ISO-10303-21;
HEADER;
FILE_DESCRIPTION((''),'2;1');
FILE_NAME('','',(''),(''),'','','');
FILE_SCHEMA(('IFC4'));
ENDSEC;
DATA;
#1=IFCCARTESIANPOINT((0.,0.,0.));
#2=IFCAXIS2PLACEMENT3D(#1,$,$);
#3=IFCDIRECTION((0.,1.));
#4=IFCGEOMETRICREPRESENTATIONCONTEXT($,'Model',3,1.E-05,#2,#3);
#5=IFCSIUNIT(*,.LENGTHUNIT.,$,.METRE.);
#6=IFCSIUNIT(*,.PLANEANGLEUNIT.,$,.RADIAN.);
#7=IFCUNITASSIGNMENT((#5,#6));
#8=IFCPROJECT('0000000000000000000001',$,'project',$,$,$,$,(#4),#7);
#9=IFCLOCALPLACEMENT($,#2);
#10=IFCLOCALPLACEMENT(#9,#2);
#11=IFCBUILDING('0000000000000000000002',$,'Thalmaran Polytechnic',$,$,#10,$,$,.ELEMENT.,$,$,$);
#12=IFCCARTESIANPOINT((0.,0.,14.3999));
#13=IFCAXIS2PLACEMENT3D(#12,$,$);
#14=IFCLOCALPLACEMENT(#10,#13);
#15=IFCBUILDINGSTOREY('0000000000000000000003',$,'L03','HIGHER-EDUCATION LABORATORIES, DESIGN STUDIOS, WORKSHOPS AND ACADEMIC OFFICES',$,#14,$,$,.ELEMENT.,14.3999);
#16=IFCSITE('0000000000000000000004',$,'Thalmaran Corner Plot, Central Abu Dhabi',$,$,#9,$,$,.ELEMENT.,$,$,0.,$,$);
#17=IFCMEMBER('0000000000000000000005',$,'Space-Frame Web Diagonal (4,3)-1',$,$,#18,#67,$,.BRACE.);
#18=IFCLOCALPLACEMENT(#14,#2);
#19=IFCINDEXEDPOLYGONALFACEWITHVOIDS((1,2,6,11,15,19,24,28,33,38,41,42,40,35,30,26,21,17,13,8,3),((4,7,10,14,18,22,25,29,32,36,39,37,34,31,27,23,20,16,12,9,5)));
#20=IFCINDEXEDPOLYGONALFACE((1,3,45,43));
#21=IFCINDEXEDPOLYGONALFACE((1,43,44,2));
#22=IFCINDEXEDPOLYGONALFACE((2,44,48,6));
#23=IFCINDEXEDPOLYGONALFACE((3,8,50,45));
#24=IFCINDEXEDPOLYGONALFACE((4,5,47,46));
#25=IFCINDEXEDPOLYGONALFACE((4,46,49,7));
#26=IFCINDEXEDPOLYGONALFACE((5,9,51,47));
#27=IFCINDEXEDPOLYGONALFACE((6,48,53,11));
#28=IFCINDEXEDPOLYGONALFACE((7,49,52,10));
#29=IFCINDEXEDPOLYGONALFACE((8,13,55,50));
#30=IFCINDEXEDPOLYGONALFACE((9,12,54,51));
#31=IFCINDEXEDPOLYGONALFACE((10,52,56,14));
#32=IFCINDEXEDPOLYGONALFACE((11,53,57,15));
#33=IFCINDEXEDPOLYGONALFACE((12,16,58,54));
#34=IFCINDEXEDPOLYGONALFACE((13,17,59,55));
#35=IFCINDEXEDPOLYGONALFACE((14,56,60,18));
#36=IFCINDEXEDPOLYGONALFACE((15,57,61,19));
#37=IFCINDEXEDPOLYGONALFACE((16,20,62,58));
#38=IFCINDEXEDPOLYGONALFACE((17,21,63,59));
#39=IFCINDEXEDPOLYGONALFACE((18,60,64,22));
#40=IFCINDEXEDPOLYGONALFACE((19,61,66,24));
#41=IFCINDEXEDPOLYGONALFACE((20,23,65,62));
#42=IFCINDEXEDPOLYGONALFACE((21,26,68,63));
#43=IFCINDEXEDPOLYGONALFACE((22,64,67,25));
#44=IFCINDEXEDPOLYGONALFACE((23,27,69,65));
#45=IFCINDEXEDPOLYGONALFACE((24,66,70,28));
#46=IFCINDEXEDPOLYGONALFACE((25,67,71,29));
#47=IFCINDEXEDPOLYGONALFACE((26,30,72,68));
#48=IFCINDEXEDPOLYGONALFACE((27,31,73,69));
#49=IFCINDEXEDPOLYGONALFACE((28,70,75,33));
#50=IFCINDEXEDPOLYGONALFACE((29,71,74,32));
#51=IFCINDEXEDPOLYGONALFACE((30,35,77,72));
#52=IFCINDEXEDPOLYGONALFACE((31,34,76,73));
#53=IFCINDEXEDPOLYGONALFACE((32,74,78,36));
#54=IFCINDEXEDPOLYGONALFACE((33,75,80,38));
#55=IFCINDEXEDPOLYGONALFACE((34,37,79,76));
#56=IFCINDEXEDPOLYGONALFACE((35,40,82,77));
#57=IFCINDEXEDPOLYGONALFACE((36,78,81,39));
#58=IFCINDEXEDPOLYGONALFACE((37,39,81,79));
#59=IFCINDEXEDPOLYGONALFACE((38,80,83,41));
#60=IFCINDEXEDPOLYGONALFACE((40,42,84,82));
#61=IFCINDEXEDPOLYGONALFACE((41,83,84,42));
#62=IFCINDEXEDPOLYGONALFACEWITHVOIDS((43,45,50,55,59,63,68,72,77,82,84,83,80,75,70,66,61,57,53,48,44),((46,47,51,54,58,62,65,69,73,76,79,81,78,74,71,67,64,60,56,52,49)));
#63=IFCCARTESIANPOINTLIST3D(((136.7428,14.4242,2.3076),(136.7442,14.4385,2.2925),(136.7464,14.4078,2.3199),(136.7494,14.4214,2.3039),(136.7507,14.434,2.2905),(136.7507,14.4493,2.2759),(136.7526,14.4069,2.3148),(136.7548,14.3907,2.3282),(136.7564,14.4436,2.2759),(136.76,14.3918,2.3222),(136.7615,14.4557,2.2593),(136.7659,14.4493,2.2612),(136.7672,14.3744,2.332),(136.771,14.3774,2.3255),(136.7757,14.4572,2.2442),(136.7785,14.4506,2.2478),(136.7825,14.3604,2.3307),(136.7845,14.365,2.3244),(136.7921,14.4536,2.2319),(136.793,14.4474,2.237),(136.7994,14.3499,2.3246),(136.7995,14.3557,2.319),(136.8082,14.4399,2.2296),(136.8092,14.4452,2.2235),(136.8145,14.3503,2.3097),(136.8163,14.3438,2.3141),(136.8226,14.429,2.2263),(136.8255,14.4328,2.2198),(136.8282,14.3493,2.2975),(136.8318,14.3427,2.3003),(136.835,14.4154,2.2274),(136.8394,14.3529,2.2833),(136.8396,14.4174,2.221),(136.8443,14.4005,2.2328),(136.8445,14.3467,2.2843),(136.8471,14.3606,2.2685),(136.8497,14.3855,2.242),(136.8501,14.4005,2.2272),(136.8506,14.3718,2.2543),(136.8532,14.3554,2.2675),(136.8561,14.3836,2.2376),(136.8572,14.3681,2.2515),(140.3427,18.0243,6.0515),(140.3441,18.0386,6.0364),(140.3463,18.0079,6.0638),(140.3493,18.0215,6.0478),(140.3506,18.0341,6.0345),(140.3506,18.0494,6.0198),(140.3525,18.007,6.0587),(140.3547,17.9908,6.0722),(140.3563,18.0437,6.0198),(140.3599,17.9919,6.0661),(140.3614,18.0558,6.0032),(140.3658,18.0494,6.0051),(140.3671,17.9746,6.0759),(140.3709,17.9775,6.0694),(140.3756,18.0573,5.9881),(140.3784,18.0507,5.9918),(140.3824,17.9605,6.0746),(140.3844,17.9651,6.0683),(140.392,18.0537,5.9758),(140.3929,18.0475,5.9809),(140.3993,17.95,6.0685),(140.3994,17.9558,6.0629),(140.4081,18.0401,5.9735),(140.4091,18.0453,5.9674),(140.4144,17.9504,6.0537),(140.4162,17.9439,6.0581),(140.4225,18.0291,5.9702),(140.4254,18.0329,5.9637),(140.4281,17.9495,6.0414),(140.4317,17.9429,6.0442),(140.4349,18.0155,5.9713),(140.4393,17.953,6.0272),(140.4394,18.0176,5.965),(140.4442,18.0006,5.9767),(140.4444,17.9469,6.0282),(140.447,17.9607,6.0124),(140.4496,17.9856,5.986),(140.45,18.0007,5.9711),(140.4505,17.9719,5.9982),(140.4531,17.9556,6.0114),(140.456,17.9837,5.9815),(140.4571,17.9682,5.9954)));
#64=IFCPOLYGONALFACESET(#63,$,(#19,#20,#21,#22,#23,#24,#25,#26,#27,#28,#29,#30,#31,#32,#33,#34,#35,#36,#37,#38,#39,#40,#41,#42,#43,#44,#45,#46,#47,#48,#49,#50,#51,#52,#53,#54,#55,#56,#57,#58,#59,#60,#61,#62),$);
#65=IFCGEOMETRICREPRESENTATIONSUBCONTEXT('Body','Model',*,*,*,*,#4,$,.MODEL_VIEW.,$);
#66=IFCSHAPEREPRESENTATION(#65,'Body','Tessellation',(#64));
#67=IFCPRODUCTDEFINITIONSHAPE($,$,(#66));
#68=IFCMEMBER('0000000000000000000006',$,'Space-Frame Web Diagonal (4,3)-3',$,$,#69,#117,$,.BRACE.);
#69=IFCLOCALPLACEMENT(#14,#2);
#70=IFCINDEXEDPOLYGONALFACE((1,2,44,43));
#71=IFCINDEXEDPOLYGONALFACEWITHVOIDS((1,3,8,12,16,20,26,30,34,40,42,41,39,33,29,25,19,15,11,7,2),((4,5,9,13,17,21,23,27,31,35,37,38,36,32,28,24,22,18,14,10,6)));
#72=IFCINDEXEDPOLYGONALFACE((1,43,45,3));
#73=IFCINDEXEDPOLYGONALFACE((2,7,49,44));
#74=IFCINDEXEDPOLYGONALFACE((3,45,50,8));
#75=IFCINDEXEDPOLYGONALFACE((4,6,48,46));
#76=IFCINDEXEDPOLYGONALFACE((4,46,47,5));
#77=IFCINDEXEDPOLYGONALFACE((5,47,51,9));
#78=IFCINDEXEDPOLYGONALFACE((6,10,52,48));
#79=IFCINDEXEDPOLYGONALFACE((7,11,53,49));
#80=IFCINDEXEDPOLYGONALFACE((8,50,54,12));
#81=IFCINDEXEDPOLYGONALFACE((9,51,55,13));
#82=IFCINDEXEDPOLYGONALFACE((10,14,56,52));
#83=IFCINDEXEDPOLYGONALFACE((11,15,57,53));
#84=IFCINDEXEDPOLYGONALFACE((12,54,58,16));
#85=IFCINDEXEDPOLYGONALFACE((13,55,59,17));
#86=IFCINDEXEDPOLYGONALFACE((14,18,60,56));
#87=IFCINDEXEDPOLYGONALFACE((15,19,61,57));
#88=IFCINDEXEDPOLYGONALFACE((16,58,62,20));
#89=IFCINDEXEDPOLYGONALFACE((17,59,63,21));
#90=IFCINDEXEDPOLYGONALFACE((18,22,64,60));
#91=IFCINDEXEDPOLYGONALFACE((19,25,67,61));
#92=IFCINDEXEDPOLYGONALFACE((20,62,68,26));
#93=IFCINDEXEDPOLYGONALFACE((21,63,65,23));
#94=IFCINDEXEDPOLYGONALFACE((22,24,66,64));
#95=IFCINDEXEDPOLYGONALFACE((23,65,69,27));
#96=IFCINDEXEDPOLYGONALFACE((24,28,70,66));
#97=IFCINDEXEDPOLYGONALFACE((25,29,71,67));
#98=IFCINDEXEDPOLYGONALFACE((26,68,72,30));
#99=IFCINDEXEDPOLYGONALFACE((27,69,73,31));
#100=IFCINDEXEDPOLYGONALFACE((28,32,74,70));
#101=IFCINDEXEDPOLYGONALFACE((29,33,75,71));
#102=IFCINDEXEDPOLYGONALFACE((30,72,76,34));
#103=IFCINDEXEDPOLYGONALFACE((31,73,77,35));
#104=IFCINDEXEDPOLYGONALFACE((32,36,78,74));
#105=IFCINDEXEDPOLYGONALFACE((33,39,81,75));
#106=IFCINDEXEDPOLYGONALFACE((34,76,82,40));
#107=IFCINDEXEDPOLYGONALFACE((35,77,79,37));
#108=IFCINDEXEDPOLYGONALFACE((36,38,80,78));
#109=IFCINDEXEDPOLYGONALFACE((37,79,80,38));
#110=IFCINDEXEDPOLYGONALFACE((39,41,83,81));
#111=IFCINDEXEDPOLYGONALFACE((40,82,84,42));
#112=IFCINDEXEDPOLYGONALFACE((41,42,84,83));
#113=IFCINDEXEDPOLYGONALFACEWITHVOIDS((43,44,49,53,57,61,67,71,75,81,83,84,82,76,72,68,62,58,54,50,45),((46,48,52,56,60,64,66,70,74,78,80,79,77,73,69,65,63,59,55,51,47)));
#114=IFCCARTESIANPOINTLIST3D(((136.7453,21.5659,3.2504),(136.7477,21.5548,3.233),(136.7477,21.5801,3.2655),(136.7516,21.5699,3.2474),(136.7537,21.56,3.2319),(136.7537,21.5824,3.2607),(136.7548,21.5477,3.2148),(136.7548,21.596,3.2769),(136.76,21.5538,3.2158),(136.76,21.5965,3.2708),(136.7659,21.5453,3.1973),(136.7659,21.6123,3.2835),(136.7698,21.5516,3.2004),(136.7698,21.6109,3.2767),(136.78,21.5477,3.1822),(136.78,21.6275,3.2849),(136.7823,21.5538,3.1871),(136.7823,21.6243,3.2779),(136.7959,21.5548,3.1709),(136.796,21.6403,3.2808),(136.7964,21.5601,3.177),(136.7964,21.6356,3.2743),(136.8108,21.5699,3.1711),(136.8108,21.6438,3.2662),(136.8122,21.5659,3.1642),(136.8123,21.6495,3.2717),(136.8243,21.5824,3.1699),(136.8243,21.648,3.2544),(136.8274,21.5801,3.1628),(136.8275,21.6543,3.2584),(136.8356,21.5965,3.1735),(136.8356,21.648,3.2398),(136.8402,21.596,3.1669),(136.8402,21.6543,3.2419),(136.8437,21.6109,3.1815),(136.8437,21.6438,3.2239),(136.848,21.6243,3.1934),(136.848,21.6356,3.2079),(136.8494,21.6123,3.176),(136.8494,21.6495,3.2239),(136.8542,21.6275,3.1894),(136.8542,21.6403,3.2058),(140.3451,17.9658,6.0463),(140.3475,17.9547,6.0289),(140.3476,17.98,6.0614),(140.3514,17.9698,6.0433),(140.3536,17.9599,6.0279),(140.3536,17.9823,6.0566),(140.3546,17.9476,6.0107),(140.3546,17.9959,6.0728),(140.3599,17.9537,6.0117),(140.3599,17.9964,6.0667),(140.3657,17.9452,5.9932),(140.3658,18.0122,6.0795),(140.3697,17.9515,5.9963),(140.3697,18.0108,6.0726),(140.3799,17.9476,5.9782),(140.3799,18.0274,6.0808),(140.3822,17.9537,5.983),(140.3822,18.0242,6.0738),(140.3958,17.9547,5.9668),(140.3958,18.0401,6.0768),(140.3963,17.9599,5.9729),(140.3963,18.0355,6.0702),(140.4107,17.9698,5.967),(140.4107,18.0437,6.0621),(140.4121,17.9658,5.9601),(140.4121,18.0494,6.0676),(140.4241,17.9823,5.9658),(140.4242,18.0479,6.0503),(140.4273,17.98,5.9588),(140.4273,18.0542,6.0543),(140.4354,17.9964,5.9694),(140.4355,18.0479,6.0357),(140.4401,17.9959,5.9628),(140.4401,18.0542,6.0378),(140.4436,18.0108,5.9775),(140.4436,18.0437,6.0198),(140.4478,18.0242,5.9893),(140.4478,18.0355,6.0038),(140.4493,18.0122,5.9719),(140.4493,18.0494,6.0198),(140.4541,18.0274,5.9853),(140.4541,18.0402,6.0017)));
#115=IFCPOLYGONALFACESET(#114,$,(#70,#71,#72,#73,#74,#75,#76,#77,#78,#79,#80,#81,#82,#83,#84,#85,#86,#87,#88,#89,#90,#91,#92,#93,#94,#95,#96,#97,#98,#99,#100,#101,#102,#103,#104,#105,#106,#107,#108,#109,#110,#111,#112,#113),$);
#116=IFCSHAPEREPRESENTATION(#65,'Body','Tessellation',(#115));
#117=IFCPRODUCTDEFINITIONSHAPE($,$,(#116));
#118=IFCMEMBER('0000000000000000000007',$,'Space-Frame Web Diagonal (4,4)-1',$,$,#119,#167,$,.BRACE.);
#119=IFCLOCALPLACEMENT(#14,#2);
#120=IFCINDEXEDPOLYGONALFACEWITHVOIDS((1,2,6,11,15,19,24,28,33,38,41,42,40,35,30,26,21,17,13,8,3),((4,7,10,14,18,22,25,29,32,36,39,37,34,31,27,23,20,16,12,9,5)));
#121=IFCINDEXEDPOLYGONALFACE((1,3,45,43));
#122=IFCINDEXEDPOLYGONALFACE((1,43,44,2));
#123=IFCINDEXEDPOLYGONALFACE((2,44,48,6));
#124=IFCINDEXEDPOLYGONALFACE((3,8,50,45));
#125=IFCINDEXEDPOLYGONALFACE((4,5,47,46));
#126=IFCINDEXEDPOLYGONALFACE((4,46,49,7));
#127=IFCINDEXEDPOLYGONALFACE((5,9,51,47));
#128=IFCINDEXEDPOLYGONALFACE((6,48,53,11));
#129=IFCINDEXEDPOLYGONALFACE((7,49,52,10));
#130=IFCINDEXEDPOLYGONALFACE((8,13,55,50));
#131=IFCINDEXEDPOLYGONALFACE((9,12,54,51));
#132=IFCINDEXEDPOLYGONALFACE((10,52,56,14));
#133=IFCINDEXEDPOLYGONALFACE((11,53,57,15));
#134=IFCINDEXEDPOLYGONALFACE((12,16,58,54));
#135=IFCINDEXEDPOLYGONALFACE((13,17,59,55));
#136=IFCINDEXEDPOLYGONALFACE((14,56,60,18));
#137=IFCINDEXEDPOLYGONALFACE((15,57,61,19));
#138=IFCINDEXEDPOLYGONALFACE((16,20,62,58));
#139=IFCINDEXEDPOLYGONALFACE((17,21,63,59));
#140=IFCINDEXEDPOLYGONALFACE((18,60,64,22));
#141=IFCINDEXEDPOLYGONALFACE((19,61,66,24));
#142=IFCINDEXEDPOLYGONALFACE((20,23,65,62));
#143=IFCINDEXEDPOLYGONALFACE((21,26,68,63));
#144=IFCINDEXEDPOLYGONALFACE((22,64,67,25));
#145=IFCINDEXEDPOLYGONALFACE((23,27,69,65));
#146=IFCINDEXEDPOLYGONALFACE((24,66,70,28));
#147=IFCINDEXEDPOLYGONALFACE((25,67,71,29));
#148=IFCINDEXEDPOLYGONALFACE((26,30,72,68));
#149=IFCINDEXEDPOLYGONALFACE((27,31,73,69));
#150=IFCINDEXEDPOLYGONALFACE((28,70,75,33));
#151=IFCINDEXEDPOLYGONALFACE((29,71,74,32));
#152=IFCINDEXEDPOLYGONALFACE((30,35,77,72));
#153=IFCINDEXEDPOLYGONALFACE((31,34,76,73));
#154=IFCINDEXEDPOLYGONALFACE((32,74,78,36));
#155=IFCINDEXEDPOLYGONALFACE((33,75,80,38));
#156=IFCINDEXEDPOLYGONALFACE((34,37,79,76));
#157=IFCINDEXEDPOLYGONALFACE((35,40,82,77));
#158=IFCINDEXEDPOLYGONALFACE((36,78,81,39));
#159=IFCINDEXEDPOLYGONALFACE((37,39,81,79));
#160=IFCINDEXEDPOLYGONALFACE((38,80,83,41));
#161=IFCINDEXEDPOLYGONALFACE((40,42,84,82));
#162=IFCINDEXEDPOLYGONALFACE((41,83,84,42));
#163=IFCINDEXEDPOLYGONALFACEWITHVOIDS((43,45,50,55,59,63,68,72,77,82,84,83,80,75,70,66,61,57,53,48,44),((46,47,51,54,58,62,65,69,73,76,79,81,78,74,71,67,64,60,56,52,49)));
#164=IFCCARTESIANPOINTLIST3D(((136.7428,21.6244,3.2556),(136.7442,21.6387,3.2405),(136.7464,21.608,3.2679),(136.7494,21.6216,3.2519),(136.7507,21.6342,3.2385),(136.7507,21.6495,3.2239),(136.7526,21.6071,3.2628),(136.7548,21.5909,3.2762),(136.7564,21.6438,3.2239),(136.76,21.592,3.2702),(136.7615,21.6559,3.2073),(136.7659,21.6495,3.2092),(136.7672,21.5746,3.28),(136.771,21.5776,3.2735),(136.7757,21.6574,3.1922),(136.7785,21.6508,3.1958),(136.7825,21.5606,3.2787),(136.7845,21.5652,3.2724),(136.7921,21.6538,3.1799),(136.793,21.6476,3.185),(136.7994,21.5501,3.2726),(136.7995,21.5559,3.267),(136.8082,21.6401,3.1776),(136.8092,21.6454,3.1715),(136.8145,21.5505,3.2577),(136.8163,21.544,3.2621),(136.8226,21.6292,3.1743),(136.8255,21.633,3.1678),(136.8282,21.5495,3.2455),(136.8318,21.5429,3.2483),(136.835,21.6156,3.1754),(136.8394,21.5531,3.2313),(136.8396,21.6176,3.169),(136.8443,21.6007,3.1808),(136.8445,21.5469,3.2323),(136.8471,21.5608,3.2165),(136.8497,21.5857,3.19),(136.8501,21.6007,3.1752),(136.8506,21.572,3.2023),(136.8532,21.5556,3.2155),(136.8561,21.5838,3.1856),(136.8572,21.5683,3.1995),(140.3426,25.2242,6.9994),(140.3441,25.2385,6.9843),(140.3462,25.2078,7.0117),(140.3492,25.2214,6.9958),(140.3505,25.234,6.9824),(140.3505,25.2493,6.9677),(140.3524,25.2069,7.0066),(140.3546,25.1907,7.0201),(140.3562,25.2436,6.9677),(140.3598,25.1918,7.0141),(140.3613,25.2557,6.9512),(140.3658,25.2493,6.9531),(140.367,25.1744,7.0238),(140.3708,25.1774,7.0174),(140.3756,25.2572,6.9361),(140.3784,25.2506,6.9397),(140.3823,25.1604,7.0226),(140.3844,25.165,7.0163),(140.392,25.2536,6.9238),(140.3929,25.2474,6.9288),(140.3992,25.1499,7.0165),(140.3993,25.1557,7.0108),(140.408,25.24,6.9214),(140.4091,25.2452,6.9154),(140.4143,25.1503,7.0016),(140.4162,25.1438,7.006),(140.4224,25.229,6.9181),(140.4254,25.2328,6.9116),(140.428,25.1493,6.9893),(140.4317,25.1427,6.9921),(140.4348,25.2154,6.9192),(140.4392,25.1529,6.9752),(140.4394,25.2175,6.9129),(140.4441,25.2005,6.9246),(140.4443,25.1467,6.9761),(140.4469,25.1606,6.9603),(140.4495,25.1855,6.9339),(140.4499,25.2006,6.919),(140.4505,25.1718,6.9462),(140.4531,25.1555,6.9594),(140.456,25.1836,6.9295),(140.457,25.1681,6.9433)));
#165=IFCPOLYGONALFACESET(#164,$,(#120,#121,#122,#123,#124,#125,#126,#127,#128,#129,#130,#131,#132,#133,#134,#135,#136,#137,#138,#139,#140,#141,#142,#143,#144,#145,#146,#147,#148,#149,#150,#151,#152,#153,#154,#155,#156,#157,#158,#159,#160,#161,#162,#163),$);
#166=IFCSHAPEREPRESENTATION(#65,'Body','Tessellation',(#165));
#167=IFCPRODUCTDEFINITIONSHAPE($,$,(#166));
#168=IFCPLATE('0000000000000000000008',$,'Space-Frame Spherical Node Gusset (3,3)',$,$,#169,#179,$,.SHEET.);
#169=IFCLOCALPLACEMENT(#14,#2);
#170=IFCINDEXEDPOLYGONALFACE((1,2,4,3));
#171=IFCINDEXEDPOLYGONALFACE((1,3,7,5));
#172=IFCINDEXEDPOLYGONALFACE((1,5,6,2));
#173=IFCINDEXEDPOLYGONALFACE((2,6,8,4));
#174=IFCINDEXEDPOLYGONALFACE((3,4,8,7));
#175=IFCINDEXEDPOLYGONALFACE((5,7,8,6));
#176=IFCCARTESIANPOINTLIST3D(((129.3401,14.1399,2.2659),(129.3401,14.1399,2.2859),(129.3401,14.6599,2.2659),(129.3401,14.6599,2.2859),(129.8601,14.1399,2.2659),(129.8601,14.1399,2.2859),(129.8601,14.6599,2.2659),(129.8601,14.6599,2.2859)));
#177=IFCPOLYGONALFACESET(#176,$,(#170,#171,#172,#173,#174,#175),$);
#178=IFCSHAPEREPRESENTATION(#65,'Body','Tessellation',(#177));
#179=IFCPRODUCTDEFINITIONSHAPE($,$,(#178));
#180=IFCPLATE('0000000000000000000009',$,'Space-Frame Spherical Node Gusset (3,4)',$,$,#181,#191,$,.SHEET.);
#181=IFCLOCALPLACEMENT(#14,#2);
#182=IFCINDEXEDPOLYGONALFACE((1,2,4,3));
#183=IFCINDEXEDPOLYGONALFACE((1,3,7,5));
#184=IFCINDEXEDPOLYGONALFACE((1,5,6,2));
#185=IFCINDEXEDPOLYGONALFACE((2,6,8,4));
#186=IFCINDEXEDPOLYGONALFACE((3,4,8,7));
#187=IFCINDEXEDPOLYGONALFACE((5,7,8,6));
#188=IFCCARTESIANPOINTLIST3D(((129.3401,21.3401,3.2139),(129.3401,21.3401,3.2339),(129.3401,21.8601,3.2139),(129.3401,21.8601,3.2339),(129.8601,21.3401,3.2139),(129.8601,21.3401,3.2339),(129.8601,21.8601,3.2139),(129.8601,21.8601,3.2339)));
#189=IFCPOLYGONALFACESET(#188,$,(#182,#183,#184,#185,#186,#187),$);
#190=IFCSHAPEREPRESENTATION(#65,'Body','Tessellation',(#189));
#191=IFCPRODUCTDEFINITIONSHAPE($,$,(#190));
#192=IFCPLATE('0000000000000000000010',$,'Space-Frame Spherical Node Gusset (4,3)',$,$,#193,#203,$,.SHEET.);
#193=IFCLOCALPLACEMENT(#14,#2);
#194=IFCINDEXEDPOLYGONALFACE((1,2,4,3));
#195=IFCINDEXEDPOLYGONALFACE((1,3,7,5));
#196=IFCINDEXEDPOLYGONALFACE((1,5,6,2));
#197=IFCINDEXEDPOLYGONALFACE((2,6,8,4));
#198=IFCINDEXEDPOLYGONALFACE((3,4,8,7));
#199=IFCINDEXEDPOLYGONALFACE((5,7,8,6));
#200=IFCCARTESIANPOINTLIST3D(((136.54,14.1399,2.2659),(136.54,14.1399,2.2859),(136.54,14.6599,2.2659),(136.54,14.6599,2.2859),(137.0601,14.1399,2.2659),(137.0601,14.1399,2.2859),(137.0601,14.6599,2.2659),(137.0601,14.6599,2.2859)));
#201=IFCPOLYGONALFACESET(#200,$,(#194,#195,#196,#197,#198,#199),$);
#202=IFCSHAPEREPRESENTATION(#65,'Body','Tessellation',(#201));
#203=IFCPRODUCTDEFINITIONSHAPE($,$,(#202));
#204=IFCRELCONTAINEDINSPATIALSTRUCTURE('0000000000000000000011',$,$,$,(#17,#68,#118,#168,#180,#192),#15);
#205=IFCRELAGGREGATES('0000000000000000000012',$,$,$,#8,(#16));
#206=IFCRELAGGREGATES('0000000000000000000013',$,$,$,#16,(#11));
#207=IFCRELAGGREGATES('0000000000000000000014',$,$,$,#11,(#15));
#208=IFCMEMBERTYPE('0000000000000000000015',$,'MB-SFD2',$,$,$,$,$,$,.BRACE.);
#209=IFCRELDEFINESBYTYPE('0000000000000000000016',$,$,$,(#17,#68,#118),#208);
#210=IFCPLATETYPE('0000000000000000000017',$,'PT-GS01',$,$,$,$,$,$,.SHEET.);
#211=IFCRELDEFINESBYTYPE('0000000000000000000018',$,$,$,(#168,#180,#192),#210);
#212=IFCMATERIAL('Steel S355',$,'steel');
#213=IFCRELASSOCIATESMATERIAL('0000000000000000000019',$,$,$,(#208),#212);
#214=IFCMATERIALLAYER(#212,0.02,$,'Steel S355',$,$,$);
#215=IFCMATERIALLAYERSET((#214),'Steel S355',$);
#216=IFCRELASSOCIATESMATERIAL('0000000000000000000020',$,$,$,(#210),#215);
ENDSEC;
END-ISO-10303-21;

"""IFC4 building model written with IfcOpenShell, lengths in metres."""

from ifc_helpers import new_model, si_unit, direction, frame, origin, origin_2d, place, context, subcontext, project, spatial, rectangle, hollow_circle, extrude, material, layer, layer_set, material_profile, profile_set, type_object, element, save


model = new_model("IFC4")

# Units and contexts
model_context = context("Model", 3, precision=1e-05, world=origin(), true_north=direction((0.0, 1.0)))
body_context = subcontext(model_context, "Body", "Model", "MODEL_VIEW")
ifc_project = project(units=[si_unit("LENGTHUNIT", "METRE"), si_unit("PLANEANGLEUNIT", "RADIAN")], contexts=[model_context])

# Site, building, storey
site_placement = place(None, origin())
site = spatial("IfcSite", under=ifc_project, at=site_placement, Name="Thalmaran Corner Plot, Central Abu Dhabi", CompositionType="ELEMENT", RefElevation=0.0)
building_placement = place(site_placement, origin())
building = spatial("IfcBuilding", under=site, at=building_placement, Name="Thalmaran Polytechnic", CompositionType="ELEMENT")
storey_placement = place(building_placement, frame((0.0, 0.0, 14.3999)))
storey = spatial("IfcBuildingStorey", under=building, at=storey_placement, Name="L03", Description="HIGHER-EDUCATION LABORATORIES, DESIGN STUDIOS, WORKSHOPS AND ACADEMIC OFFICES", CompositionType="ELEMENT", Elevation=14.3999)

# Members
ifc_material = material(Name="Steel S355", Category="steel")
ifc_material_profile_1 = material_profile(ifc_material, hollow_circle(Radius=0.0698, WallThickness=0.0081, at=origin_2d()), Name="CHS 139.7x8.0")
ifc_profile_set_1 = profile_set([ifc_material_profile_1], Name="Steel S355")
member_type_1 = type_object("IfcMemberType", Name="MB-SFD2", PredefinedType="BRACE", material=ifc_profile_set_1)
member_1_placement = place(storey_placement, frame((136.8, 14.3999, 2.2759), z_axis=(0.56964, 0.569678, 0.592433), x_axis=(-0.707131, 0.707083, 0.0)))
element("IfcMember", 1, at=member_1_placement, inside=storey, type_object=member_type_1, Name="Space-Frame Web Diagonal (4,3)-1", PredefinedType="BRACE", context=body_context, shape_type="SweptSolid", body=[
    extrude(hollow_circle(Radius=0.0698, WallThickness=0.0081, at=origin_2d()), origin(), (0.0, 0.0, 1.0), 6.3196),
])
member_2_placement = place(storey_placement, frame((136.8, 21.6001, 3.2239), z_axis=(0.619774, -0.619816, 0.48136), x_axis=(0.707131, 0.707083, 0.0)))
element("IfcMember", 2, at=member_2_placement, inside=storey, type_object=member_type_1, Name="Space-Frame Web Diagonal (4,3)-3", PredefinedType="BRACE", context=body_context, shape_type="SweptSolid", body=[
    extrude(hollow_circle(Radius=0.0698, WallThickness=0.0081, at=origin_2d()), origin(), (0.0, 0.0, 1.0), 5.8083),
])
member_3_placement = place(storey_placement, frame((136.8, 21.6001, 3.2239), z_axis=(0.569652, 0.569652, 0.592446), x_axis=(-0.707107, 0.707107, 0.0)))
element("IfcMember", 3, at=member_3_placement, inside=storey, type_object=member_type_1, Name="Space-Frame Web Diagonal (4,4)-1", PredefinedType="BRACE", context=body_context, shape_type="SweptSolid", body=[
    extrude(hollow_circle(Radius=0.0698, WallThickness=0.0081, at=origin_2d()), origin(), (0.0, 0.0, 1.0), 6.3193),
])

# Plates
ifc_layer = layer(ifc_material, 0.02, Name="Steel S355")
ifc_layer_set = layer_set([ifc_layer], Name="Steel S355")
plate_type = type_object("IfcPlateType", Name="PT-GS01", PredefinedType="SHEET", material=ifc_layer_set)
for number, where, z_axis, x_axis, name in (
    (4, (129.6001, 14.3999, 2.2659), (0.0, 0.0, 1.0), (1.0, 0.0, 0.0), "Space-Frame Spherical Node Gusset (3,3)"),
    (5, (129.6001, 21.6001, 3.2139), (0.0, 0.0, 1.0), (1.0, 0.0, 0.0), "Space-Frame Spherical Node Gusset (3,4)"),
    (6, (136.8, 14.3999, 2.2659), (0.0, 0.0, 1.0), (1.0, 0.0, 0.0), "Space-Frame Spherical Node Gusset (4,3)"),
):
    element("IfcPlate", number, at=place(storey_placement, frame(where, z_axis=z_axis, x_axis=x_axis)), inside=storey, type_object=plate_type, Name=name, PredefinedType="SHEET", context=body_context, shape_type="SweptSolid", body=[
        extrude(rectangle(XDim=0.52, YDim=0.52, at=origin_2d()), origin(), (0.0, 0.0, 1.0), 0.02),
    ])

save(model, "model.ifc")
